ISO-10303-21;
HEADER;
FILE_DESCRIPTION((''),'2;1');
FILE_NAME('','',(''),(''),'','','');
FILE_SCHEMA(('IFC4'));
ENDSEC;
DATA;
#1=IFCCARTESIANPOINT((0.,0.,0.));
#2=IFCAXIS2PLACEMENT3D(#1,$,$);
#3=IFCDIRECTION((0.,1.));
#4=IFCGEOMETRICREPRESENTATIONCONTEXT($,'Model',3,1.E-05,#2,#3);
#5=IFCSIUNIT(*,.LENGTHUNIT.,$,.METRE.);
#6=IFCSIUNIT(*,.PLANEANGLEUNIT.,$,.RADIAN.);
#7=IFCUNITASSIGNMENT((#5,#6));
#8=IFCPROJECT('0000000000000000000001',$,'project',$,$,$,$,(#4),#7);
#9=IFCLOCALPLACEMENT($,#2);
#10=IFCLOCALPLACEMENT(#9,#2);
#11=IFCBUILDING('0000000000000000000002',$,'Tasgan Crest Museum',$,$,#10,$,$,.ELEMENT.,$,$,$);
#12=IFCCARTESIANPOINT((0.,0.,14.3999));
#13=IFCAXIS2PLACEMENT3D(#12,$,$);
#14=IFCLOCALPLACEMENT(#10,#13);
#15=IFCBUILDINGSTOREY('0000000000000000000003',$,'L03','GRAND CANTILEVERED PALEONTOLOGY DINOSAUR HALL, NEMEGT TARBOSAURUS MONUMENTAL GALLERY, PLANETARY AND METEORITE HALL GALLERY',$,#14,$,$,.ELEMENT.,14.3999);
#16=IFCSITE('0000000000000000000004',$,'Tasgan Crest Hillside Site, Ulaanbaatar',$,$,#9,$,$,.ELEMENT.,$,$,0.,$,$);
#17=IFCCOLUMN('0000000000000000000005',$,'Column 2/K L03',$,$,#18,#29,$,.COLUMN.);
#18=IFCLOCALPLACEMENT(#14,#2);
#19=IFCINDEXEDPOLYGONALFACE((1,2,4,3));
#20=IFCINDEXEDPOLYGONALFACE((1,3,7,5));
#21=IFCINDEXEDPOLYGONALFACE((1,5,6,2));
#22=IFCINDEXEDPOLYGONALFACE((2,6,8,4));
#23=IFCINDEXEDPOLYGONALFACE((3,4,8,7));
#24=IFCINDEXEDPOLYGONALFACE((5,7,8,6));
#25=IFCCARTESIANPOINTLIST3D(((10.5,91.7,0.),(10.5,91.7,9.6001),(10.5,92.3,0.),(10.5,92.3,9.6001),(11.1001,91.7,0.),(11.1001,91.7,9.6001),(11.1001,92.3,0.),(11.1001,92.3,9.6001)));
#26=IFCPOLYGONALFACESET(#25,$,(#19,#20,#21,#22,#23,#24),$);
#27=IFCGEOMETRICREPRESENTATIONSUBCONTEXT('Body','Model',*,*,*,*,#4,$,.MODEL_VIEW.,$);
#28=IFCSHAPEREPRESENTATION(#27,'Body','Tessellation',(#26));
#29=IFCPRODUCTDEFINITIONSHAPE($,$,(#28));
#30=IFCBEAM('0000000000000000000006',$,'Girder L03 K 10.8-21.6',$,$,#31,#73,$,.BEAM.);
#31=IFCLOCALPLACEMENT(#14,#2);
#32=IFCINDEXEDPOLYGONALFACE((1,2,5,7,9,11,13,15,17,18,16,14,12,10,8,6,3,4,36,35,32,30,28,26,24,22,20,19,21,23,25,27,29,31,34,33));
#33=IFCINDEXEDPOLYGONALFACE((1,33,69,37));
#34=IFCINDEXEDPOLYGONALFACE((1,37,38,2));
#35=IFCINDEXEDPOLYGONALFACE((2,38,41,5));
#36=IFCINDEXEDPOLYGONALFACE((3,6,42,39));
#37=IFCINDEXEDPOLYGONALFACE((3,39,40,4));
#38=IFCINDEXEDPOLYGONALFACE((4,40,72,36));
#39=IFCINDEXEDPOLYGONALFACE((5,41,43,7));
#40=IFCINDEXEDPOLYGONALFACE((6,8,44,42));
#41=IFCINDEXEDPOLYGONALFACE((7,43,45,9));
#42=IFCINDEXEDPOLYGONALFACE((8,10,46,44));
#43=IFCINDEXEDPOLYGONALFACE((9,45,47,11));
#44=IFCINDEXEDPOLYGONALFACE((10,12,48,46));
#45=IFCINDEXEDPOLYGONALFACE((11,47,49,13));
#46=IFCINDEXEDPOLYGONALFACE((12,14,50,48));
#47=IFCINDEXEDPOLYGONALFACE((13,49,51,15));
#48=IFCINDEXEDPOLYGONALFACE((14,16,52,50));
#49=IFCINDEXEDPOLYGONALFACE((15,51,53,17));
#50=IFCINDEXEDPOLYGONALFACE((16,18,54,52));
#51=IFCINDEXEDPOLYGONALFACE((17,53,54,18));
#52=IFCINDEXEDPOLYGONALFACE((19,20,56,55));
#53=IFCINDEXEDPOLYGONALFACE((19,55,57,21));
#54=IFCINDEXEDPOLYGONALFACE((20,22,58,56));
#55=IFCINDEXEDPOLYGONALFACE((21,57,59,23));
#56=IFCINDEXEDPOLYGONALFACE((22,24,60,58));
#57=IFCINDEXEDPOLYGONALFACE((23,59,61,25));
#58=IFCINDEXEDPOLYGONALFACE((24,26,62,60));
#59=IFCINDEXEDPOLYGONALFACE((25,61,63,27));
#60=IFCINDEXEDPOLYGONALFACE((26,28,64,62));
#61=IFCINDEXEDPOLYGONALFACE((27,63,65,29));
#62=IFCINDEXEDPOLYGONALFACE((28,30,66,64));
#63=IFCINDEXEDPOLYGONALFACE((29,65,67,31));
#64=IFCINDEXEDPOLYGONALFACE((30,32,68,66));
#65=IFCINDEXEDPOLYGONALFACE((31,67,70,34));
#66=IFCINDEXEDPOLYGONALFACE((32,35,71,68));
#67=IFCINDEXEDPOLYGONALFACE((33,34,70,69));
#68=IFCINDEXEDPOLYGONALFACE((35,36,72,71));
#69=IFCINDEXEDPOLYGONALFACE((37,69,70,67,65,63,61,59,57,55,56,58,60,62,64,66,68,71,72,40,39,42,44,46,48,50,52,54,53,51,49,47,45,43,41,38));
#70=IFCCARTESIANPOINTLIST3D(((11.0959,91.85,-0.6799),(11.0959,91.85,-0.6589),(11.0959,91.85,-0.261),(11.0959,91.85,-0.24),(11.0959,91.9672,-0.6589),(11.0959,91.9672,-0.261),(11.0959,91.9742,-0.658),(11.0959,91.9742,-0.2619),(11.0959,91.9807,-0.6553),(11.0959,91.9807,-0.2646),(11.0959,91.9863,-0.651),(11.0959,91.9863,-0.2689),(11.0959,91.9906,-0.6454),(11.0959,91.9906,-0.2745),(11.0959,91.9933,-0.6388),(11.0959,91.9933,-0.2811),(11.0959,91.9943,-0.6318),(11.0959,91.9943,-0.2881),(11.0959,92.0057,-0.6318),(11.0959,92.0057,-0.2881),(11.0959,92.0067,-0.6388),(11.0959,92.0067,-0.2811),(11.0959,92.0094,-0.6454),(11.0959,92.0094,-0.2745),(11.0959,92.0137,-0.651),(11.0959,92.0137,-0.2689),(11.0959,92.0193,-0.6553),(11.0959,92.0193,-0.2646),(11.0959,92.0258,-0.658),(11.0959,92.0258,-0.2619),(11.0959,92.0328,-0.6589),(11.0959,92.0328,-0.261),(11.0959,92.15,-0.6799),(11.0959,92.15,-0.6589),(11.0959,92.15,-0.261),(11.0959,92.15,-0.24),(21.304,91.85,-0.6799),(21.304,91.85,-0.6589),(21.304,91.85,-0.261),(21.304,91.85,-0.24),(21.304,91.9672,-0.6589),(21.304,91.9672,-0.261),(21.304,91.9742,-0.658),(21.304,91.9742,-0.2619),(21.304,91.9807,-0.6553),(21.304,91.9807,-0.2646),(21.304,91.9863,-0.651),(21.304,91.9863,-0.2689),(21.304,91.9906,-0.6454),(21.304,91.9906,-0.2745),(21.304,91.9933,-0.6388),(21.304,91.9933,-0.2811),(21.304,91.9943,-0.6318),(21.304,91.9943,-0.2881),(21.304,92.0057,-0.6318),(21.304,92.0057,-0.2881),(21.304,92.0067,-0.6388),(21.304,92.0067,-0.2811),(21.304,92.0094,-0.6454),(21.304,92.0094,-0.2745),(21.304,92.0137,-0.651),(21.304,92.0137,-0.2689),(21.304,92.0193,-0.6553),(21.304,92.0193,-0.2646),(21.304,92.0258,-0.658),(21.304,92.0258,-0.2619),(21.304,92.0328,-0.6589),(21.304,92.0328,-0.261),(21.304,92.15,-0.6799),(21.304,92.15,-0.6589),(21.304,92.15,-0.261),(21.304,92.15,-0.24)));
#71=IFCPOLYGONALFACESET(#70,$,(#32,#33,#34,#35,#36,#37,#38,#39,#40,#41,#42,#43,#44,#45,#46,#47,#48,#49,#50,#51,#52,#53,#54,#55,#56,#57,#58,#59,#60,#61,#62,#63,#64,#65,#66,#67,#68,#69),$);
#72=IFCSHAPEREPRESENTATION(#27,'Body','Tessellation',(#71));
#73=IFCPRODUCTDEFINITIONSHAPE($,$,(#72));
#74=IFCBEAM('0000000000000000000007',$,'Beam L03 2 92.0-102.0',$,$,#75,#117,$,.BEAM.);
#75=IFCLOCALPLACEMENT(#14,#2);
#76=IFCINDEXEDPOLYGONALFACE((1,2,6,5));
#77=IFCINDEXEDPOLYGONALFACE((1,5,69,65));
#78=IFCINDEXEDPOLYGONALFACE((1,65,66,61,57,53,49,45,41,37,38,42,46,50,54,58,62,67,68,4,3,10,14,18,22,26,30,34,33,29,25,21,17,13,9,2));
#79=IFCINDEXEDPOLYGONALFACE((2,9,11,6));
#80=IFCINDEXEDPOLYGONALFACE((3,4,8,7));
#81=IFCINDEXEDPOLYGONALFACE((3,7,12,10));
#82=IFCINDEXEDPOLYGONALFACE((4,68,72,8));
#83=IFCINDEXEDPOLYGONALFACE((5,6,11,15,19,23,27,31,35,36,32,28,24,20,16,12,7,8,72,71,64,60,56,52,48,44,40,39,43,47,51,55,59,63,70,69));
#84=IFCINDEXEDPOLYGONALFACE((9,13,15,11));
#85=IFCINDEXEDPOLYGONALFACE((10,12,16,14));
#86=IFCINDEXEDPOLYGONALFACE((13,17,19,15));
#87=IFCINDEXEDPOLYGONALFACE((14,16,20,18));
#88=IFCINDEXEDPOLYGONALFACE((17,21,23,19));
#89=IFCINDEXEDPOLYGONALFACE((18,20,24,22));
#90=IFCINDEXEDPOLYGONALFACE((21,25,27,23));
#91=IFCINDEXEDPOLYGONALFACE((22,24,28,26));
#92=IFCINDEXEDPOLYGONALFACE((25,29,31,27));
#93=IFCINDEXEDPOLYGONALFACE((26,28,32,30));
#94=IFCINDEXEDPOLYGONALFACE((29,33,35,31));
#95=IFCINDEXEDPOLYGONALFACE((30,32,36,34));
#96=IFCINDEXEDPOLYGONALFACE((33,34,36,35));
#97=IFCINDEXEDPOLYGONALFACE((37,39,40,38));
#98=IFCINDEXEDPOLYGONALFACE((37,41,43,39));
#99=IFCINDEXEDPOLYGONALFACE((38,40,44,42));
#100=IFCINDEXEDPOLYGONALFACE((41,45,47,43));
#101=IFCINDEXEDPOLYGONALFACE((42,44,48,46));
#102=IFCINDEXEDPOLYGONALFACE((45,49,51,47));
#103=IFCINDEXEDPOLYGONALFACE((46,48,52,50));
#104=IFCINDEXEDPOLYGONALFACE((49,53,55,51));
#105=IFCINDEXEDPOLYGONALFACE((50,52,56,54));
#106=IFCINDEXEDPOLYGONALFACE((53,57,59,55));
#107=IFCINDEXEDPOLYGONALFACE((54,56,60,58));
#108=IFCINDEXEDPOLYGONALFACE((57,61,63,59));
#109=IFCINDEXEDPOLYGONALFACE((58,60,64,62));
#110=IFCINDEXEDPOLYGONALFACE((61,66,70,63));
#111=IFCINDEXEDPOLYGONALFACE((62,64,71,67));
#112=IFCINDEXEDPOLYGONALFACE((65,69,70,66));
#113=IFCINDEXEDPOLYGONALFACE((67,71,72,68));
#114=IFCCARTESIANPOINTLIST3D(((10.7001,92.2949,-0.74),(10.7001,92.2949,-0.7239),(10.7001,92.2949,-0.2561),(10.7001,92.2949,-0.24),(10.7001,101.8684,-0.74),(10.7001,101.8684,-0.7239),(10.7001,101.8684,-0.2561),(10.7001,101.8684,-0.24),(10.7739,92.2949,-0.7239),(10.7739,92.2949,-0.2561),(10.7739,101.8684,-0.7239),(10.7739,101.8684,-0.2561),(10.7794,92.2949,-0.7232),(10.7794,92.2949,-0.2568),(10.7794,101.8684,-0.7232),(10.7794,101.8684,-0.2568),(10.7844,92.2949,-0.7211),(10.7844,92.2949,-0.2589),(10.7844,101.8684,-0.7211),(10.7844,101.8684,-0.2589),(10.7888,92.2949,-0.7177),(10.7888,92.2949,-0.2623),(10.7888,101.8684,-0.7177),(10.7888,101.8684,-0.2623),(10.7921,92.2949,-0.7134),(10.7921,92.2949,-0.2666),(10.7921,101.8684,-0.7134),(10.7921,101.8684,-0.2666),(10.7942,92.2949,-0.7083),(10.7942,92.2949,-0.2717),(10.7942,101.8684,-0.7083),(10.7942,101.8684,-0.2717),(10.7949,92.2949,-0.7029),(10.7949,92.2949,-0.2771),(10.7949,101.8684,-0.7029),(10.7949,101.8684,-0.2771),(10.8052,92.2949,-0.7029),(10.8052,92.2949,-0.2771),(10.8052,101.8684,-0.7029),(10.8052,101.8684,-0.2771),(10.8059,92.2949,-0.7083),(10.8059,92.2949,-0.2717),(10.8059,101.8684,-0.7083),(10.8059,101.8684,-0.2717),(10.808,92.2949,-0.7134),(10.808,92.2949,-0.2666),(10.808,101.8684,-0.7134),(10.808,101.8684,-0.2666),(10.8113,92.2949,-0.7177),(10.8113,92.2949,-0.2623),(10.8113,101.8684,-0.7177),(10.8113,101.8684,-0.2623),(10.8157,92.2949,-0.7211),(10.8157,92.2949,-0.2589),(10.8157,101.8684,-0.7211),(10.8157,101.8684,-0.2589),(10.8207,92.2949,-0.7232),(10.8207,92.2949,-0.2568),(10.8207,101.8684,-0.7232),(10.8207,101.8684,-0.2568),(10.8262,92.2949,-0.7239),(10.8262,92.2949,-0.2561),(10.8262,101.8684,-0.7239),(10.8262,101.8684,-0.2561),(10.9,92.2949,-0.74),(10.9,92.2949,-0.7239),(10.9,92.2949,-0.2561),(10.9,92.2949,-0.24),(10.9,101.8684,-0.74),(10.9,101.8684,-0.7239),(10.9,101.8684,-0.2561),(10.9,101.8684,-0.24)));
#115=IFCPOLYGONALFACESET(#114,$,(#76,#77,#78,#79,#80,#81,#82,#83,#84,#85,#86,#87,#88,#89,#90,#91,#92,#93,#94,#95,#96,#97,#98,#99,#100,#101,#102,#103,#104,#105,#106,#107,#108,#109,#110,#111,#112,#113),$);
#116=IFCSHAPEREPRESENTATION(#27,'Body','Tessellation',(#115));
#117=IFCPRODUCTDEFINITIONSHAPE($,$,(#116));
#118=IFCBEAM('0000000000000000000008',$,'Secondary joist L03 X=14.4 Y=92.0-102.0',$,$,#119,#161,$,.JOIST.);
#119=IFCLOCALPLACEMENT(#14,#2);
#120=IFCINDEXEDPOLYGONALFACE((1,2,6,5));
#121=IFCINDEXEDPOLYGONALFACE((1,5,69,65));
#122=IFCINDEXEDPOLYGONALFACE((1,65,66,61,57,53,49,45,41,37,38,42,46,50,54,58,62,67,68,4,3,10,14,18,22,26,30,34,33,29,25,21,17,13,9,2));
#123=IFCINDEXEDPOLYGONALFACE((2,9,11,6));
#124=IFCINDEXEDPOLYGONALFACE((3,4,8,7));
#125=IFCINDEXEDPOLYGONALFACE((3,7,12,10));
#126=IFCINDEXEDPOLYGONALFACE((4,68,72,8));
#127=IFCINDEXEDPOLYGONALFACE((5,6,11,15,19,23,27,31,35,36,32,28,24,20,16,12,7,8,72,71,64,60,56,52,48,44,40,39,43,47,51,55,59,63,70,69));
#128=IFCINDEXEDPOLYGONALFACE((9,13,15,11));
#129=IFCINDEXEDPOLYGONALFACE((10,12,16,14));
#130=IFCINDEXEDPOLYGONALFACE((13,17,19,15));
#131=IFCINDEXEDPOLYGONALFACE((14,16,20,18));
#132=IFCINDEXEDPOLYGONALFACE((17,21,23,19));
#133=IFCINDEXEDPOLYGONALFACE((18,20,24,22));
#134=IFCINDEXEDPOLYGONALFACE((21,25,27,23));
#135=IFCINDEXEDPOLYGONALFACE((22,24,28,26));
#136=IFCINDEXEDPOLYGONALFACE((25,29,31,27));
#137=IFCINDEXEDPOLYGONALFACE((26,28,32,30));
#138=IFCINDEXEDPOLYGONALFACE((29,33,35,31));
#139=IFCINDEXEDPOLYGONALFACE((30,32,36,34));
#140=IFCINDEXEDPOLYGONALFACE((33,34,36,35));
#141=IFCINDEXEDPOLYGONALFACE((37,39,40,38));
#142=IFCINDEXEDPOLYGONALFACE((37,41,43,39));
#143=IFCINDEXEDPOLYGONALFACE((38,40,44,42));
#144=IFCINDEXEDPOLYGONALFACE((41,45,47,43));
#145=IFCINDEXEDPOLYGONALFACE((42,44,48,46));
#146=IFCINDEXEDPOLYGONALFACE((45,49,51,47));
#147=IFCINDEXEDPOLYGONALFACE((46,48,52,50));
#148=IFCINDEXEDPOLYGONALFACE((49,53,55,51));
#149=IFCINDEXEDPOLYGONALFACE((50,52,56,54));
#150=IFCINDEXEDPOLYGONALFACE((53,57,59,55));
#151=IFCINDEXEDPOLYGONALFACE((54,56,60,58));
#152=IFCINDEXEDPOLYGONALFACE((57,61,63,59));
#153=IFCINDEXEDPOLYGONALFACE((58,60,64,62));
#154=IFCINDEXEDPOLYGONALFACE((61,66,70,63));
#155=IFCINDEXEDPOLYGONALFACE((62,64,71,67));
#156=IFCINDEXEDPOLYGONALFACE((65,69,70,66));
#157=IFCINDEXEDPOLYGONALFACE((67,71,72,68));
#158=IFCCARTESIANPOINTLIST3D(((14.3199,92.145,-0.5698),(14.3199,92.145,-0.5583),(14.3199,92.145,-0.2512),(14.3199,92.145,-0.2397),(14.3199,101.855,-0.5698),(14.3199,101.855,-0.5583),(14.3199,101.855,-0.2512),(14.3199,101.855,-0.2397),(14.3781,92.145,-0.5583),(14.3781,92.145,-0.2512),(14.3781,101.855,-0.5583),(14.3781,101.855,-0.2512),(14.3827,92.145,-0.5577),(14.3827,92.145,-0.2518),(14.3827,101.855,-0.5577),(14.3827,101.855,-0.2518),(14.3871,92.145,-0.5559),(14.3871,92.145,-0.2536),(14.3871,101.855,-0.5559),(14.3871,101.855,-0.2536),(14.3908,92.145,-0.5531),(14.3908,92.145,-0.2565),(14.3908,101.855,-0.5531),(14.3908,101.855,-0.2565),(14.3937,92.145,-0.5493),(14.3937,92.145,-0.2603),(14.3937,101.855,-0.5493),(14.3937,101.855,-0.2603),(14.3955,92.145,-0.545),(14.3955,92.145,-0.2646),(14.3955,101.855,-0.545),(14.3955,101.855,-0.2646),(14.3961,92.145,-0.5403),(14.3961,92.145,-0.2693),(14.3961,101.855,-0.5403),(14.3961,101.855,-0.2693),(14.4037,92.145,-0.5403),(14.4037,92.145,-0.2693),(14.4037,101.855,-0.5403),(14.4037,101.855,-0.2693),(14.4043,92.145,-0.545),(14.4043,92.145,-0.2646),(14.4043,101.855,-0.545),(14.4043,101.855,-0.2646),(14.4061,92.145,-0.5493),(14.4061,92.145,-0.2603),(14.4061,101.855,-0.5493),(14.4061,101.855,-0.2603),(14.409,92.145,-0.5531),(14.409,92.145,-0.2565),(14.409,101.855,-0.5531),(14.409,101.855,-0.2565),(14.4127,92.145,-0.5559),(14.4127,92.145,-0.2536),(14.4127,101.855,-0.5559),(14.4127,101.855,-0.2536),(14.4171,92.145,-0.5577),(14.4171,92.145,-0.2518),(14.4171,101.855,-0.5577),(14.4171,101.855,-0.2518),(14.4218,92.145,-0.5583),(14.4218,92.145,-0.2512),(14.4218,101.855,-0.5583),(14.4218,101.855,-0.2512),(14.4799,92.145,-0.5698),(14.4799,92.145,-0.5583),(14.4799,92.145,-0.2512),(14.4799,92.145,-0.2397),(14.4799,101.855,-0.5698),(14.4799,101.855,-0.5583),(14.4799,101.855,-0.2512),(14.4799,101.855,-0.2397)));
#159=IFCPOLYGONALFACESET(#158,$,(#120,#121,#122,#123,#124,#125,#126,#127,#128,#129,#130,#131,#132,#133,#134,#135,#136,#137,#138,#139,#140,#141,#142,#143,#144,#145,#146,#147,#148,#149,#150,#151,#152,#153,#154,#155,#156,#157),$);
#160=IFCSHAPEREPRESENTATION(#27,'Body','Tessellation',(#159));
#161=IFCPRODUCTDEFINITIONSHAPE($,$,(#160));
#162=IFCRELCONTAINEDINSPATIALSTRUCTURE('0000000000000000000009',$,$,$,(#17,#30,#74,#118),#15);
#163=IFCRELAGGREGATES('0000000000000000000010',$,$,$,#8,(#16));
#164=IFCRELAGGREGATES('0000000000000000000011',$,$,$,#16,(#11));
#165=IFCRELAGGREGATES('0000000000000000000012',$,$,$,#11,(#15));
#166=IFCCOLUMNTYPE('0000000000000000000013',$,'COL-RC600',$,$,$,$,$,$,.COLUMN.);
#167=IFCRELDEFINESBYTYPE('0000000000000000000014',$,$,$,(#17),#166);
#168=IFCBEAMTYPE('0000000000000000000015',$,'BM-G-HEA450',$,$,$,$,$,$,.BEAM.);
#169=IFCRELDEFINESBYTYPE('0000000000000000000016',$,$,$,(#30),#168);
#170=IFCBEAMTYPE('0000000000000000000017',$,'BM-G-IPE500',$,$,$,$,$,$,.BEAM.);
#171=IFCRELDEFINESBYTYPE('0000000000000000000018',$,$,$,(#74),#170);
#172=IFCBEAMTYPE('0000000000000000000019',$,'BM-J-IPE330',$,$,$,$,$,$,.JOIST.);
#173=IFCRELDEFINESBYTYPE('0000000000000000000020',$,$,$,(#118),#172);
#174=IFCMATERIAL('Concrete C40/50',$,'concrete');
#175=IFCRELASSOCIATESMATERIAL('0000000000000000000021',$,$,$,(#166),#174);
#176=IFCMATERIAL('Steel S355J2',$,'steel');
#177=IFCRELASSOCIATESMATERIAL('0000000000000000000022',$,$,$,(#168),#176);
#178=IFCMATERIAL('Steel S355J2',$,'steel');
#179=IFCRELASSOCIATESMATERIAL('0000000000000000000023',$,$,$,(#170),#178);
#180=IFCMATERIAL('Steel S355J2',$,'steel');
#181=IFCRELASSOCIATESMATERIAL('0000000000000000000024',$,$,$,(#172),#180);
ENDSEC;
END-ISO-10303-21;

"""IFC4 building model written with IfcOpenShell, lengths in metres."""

from ifc_helpers import new_model, si_unit, direction, frame, origin, origin_2d, place, context, subcontext, project, spatial, rectangle, i_section, extrude, material, material_profile, profile_set, type_object, element, save


model = new_model("IFC4")

# Units and contexts
model_context = context("Model", 3, precision=1e-05, world=origin(), true_north=direction((0.0, 1.0)))
body_context = subcontext(model_context, "Body", "Model", "MODEL_VIEW")
ifc_project = project(units=[si_unit("LENGTHUNIT", "METRE"), si_unit("PLANEANGLEUNIT", "RADIAN")], contexts=[model_context])

# Site, building, storey
site_placement = place(None, origin())
site = spatial("IfcSite", under=ifc_project, at=site_placement, Name="Tasgan Crest Hillside Site, Ulaanbaatar", CompositionType="ELEMENT", RefElevation=0.0)
building_placement = place(site_placement, origin())
building = spatial("IfcBuilding", under=site, at=building_placement, Name="Tasgan Crest Museum", CompositionType="ELEMENT")
storey_placement = place(building_placement, frame((0.0, 0.0, 14.3999)))
storey = spatial("IfcBuildingStorey", under=building, at=storey_placement, Name="L03", Description="GRAND CANTILEVERED PALEONTOLOGY DINOSAUR HALL, NEMEGT TARBOSAURUS MONUMENTAL GALLERY, PLANETARY AND METEORITE HALL GALLERY", CompositionType="ELEMENT", Elevation=14.3999)

# Column
ifc_material_1 = material(Name="Concrete C40/50", Category="concrete")
ifc_material_profile_1 = material_profile(ifc_material_1, rectangle(XDim=0.6001, YDim=0.6001, at=origin_2d()), Name="RC 600x600")
ifc_profile_set_1 = profile_set([ifc_material_profile_1], Name="Concrete C40/50")
column_type = type_object("IfcColumnType", Name="COL-RC600", PredefinedType="COLUMN", material=ifc_profile_set_1)
column_placement = place(storey_placement, frame((10.8, 92.0, 0.0), z_axis=(0.0, 0.0, 1.0), x_axis=(1.0, 0.0, 0.0)))
element("IfcColumn", 1, at=column_placement, inside=storey, type_object=column_type, Name="Column 2/K L03", PredefinedType="COLUMN", context=body_context, shape_type="SweptSolid", body=[
    extrude(rectangle(XDim=0.6001, YDim=0.6001, at=origin_2d()), origin(), (0.0, 0.0, 1.0), 9.6001),
])

# Beams
ifc_material_2 = material(Name="Steel S355J2", Category="steel")
ifc_material_profile_2 = material_profile(ifc_material_2, i_section(OverallWidth=0.3, OverallDepth=0.4399, WebThickness=0.0115, FlangeThickness=0.021, FilletRadius=0.0271, at=origin_2d()), Name="HEA 450")
ifc_profile_set_2 = profile_set([ifc_material_profile_2], Name="Steel S355J2")
beam_type_1 = type_object("IfcBeamType", Name="BM-G-HEA450", PredefinedType="BEAM", material=ifc_profile_set_2)
beam_1_placement = place(storey_placement, frame((11.0959, 92.0, -0.46), z_axis=(1.0, 0.0, 0.0), x_axis=(0.0, 1.0, 0.0)))
element("IfcBeam", 2, at=beam_1_placement, inside=storey, type_object=beam_type_1, Name="Girder L03 K 10.8-21.6", PredefinedType="BEAM", context=body_context, shape_type="SweptSolid", body=[
    extrude(i_section(OverallWidth=0.3, OverallDepth=0.4399, WebThickness=0.0115, FlangeThickness=0.021, FilletRadius=0.0271, at=origin_2d()), origin(), (0.0, 0.0, 1.0), 10.208),
])
ifc_material_3 = material(Name="Steel S355J2", Category="steel")
ifc_material_profile_3 = material_profile(ifc_material_3, i_section(OverallWidth=0.2, OverallDepth=0.5, WebThickness=0.0103, FlangeThickness=0.0161, FilletRadius=0.021, at=origin_2d()), Name="IPE 500")
ifc_profile_set_3 = profile_set([ifc_material_profile_3], Name="Steel S355J2")
beam_type_2 = type_object("IfcBeamType", Name="BM-G-IPE500", PredefinedType="BEAM", material=ifc_profile_set_3)
beam_2_placement = place(storey_placement, frame((10.8, 92.2949, -0.49), z_axis=(0.0, 1.0, 0.0), x_axis=(-1.0, 0.0, 0.0)))
element("IfcBeam", 3, at=beam_2_placement, inside=storey, type_object=beam_type_2, Name="Beam L03 2 92.0-102.0", PredefinedType="BEAM", context=body_context, shape_type="SweptSolid", body=[
    extrude(i_section(OverallWidth=0.2, OverallDepth=0.5, WebThickness=0.0103, FlangeThickness=0.0161, FilletRadius=0.021, at=origin_2d()), origin(), (0.0, 0.0, 1.0), 9.5735),
])
ifc_material_4 = material(Name="Steel S355J2", Category="steel")
ifc_material_profile_4 = material_profile(ifc_material_4, i_section(OverallWidth=0.1599, OverallDepth=0.3301, WebThickness=0.0076, FlangeThickness=0.0115, FilletRadius=0.0181, at=origin_2d()), Name="IPE 330")
ifc_profile_set_4 = profile_set([ifc_material_profile_4], Name="Steel S355J2")
beam_type_3 = type_object("IfcBeamType", Name="BM-J-IPE330", PredefinedType="JOIST", material=ifc_profile_set_4)
for number, where, z_axis, x_axis, name in (
    (4, (14.3999, 92.145, -0.4048), (0.0, 1.0, 0.0), (-1.0, 0.0, 0.0), "Secondary joist L03 X=14.4 Y=92.0-102.0"),
):
    element("IfcBeam", number, at=place(storey_placement, frame(where, z_axis=z_axis, x_axis=x_axis)), inside=storey, type_object=beam_type_3, Name=name, PredefinedType="JOIST", context=body_context, shape_type="SweptSolid", body=[
        extrude(i_section(OverallWidth=0.1599, OverallDepth=0.3301, WebThickness=0.0076, FlangeThickness=0.0115, FilletRadius=0.0181, at=origin_2d()), origin(), (0.0, 0.0, 1.0), 9.71),
    ])

save(model, "model.ifc")
